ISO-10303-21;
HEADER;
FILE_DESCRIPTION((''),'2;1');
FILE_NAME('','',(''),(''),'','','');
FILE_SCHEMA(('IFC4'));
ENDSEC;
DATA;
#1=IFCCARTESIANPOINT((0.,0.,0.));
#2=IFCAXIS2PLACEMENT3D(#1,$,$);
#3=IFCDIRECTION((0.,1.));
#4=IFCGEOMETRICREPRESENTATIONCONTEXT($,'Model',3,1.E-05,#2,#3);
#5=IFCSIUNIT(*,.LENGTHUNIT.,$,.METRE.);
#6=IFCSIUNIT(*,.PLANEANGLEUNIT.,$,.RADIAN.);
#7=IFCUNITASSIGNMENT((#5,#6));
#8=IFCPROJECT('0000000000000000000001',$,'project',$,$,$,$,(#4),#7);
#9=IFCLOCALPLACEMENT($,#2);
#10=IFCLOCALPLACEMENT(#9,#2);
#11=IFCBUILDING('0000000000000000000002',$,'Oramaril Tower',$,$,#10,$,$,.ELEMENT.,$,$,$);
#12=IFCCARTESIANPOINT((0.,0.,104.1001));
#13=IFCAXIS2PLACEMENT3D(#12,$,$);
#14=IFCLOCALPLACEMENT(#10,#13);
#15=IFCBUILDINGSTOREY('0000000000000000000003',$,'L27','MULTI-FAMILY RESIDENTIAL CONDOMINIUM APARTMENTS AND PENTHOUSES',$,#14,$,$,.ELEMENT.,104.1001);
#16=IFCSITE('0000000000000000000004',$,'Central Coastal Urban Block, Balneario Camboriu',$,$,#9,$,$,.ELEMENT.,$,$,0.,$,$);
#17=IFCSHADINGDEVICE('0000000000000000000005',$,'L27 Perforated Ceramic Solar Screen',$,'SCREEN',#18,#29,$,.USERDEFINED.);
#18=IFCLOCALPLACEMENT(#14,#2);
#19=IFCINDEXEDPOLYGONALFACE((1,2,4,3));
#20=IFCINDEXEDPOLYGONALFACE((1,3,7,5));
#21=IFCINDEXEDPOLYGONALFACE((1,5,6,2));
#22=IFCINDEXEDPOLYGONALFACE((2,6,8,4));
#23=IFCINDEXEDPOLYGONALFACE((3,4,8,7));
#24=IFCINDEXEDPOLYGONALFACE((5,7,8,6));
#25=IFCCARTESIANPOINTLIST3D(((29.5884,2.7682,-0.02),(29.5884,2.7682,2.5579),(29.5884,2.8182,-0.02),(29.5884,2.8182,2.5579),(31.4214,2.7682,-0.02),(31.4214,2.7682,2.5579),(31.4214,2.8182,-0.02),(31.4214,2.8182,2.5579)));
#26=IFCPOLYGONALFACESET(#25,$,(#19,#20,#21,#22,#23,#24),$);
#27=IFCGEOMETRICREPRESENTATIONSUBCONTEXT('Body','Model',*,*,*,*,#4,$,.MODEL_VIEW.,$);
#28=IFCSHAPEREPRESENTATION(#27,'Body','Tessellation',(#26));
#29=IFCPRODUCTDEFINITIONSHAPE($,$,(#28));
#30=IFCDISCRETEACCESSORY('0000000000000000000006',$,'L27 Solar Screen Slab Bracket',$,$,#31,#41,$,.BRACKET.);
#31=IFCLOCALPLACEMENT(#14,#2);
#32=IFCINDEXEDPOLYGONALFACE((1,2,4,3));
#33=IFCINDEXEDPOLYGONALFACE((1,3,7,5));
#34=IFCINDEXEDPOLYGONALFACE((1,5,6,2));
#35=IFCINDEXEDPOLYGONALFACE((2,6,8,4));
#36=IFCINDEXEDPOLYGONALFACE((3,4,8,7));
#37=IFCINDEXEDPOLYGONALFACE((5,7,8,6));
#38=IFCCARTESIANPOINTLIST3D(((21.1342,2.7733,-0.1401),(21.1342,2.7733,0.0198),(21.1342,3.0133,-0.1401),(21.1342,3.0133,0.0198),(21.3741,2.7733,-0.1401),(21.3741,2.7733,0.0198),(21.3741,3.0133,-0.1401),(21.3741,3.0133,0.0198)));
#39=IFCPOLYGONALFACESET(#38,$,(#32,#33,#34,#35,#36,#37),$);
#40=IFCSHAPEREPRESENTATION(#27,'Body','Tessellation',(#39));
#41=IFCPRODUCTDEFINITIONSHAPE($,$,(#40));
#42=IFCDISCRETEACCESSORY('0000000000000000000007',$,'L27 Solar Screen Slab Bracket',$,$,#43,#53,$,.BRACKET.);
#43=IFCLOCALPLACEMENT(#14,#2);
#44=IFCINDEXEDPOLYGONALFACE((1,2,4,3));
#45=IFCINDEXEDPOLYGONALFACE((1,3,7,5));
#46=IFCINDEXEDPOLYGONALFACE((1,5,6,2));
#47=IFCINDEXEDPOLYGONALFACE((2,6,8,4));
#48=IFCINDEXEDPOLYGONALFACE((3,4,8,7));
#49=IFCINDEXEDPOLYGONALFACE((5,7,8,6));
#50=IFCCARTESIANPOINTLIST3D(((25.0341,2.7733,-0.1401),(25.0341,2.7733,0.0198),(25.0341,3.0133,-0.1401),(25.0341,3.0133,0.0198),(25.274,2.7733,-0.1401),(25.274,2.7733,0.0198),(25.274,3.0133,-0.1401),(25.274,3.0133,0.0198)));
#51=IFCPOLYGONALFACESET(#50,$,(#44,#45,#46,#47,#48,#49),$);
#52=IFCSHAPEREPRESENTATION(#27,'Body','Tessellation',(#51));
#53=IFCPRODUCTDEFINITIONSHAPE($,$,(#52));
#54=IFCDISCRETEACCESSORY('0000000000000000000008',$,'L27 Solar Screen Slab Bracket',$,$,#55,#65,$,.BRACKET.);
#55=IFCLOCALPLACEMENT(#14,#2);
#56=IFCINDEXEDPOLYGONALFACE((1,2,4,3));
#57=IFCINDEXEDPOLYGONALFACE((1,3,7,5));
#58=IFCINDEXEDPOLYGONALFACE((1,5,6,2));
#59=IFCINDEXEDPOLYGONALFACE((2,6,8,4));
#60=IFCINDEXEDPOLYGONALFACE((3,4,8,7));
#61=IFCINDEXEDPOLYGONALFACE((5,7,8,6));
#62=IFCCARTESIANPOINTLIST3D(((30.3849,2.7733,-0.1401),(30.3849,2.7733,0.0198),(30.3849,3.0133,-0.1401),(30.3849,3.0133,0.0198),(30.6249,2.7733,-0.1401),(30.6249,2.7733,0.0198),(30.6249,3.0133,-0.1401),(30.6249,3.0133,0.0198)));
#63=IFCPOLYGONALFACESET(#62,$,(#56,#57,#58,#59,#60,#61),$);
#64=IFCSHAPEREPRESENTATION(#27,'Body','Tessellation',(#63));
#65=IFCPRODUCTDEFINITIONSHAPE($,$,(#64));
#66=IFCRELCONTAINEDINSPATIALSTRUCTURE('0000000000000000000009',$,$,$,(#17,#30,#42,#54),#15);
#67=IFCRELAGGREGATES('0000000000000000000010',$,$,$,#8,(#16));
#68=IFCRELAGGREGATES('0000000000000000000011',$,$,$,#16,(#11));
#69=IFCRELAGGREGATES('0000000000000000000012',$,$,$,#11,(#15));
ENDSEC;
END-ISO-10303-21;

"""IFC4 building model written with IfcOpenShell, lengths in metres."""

from ifc_helpers import new_model, si_unit, direction, frame, origin, origin_2d, place, context, subcontext, project, spatial, rectangle, extrude, element, save


model = new_model("IFC4")

# Units and contexts
model_context = context("Model", 3, precision=1e-05, world=origin(), true_north=direction((0.0, 1.0)))
body_context = subcontext(model_context, "Body", "Model", "MODEL_VIEW")
ifc_project = project(units=[si_unit("LENGTHUNIT", "METRE"), si_unit("PLANEANGLEUNIT", "RADIAN")], contexts=[model_context])

# Site, building, storey
site_placement = place(None, origin())
site = spatial("IfcSite", under=ifc_project, at=site_placement, Name="Central Coastal Urban Block, Balneario Camboriu", CompositionType="ELEMENT", RefElevation=0.0)
building_placement = place(site_placement, origin())
building = spatial("IfcBuilding", under=site, at=building_placement, Name="Oramaril Tower", CompositionType="ELEMENT")
storey_placement = place(building_placement, frame((0.0, 0.0, 104.1001)))
storey = spatial("IfcBuildingStorey", under=building, at=storey_placement, Name="L27", Description="MULTI-FAMILY RESIDENTIAL CONDOMINIUM APARTMENTS AND PENTHOUSES", CompositionType="ELEMENT", Elevation=104.1001)

# Shading device
for number, where, z_axis, x_axis, name in (
    (1, (30.5049, 2.7932, -0.02), (0.0, 0.0, 1.0), (1.0, 0.0, 0.0), "L27 Perforated Ceramic Solar Screen"),
):
    element("IfcShadingDevice", number, at=place(storey_placement, frame(where, z_axis=z_axis, x_axis=x_axis)), inside=storey, Name=name, ObjectType="SCREEN", PredefinedType="USERDEFINED", context=body_context, shape_type="SweptSolid", body=[
        extrude(rectangle(XDim=1.833, YDim=0.05, at=origin_2d()), origin(), (0.0, 0.0, 1.0), 2.5779),
    ])

# Discrete accessories
for number, where, z_axis, x_axis, name in (
    (2, (21.2542, 2.8933, -0.1401), (0.0, 0.0, 1.0), (1.0, 0.0, 0.0), "L27 Solar Screen Slab Bracket"),
    (3, (25.1541, 2.8933, -0.1401), (0.0, 0.0, 1.0), (1.0, 0.0, 0.0), "L27 Solar Screen Slab Bracket"),
    (4, (30.5049, 2.8933, -0.1401), (0.0, 0.0, 1.0), (1.0, 0.0, 0.0), "L27 Solar Screen Slab Bracket"),
):
    element("IfcDiscreteAccessory", number, at=place(storey_placement, frame(where, z_axis=z_axis, x_axis=x_axis)), inside=storey, Name=name, PredefinedType="BRACKET", context=body_context, shape_type="SweptSolid", body=[
        extrude(rectangle(XDim=0.24, YDim=0.24, at=origin_2d()), origin(), (0.0, 0.0, 1.0), 0.1599),
    ])

save(model, "model.ifc")
